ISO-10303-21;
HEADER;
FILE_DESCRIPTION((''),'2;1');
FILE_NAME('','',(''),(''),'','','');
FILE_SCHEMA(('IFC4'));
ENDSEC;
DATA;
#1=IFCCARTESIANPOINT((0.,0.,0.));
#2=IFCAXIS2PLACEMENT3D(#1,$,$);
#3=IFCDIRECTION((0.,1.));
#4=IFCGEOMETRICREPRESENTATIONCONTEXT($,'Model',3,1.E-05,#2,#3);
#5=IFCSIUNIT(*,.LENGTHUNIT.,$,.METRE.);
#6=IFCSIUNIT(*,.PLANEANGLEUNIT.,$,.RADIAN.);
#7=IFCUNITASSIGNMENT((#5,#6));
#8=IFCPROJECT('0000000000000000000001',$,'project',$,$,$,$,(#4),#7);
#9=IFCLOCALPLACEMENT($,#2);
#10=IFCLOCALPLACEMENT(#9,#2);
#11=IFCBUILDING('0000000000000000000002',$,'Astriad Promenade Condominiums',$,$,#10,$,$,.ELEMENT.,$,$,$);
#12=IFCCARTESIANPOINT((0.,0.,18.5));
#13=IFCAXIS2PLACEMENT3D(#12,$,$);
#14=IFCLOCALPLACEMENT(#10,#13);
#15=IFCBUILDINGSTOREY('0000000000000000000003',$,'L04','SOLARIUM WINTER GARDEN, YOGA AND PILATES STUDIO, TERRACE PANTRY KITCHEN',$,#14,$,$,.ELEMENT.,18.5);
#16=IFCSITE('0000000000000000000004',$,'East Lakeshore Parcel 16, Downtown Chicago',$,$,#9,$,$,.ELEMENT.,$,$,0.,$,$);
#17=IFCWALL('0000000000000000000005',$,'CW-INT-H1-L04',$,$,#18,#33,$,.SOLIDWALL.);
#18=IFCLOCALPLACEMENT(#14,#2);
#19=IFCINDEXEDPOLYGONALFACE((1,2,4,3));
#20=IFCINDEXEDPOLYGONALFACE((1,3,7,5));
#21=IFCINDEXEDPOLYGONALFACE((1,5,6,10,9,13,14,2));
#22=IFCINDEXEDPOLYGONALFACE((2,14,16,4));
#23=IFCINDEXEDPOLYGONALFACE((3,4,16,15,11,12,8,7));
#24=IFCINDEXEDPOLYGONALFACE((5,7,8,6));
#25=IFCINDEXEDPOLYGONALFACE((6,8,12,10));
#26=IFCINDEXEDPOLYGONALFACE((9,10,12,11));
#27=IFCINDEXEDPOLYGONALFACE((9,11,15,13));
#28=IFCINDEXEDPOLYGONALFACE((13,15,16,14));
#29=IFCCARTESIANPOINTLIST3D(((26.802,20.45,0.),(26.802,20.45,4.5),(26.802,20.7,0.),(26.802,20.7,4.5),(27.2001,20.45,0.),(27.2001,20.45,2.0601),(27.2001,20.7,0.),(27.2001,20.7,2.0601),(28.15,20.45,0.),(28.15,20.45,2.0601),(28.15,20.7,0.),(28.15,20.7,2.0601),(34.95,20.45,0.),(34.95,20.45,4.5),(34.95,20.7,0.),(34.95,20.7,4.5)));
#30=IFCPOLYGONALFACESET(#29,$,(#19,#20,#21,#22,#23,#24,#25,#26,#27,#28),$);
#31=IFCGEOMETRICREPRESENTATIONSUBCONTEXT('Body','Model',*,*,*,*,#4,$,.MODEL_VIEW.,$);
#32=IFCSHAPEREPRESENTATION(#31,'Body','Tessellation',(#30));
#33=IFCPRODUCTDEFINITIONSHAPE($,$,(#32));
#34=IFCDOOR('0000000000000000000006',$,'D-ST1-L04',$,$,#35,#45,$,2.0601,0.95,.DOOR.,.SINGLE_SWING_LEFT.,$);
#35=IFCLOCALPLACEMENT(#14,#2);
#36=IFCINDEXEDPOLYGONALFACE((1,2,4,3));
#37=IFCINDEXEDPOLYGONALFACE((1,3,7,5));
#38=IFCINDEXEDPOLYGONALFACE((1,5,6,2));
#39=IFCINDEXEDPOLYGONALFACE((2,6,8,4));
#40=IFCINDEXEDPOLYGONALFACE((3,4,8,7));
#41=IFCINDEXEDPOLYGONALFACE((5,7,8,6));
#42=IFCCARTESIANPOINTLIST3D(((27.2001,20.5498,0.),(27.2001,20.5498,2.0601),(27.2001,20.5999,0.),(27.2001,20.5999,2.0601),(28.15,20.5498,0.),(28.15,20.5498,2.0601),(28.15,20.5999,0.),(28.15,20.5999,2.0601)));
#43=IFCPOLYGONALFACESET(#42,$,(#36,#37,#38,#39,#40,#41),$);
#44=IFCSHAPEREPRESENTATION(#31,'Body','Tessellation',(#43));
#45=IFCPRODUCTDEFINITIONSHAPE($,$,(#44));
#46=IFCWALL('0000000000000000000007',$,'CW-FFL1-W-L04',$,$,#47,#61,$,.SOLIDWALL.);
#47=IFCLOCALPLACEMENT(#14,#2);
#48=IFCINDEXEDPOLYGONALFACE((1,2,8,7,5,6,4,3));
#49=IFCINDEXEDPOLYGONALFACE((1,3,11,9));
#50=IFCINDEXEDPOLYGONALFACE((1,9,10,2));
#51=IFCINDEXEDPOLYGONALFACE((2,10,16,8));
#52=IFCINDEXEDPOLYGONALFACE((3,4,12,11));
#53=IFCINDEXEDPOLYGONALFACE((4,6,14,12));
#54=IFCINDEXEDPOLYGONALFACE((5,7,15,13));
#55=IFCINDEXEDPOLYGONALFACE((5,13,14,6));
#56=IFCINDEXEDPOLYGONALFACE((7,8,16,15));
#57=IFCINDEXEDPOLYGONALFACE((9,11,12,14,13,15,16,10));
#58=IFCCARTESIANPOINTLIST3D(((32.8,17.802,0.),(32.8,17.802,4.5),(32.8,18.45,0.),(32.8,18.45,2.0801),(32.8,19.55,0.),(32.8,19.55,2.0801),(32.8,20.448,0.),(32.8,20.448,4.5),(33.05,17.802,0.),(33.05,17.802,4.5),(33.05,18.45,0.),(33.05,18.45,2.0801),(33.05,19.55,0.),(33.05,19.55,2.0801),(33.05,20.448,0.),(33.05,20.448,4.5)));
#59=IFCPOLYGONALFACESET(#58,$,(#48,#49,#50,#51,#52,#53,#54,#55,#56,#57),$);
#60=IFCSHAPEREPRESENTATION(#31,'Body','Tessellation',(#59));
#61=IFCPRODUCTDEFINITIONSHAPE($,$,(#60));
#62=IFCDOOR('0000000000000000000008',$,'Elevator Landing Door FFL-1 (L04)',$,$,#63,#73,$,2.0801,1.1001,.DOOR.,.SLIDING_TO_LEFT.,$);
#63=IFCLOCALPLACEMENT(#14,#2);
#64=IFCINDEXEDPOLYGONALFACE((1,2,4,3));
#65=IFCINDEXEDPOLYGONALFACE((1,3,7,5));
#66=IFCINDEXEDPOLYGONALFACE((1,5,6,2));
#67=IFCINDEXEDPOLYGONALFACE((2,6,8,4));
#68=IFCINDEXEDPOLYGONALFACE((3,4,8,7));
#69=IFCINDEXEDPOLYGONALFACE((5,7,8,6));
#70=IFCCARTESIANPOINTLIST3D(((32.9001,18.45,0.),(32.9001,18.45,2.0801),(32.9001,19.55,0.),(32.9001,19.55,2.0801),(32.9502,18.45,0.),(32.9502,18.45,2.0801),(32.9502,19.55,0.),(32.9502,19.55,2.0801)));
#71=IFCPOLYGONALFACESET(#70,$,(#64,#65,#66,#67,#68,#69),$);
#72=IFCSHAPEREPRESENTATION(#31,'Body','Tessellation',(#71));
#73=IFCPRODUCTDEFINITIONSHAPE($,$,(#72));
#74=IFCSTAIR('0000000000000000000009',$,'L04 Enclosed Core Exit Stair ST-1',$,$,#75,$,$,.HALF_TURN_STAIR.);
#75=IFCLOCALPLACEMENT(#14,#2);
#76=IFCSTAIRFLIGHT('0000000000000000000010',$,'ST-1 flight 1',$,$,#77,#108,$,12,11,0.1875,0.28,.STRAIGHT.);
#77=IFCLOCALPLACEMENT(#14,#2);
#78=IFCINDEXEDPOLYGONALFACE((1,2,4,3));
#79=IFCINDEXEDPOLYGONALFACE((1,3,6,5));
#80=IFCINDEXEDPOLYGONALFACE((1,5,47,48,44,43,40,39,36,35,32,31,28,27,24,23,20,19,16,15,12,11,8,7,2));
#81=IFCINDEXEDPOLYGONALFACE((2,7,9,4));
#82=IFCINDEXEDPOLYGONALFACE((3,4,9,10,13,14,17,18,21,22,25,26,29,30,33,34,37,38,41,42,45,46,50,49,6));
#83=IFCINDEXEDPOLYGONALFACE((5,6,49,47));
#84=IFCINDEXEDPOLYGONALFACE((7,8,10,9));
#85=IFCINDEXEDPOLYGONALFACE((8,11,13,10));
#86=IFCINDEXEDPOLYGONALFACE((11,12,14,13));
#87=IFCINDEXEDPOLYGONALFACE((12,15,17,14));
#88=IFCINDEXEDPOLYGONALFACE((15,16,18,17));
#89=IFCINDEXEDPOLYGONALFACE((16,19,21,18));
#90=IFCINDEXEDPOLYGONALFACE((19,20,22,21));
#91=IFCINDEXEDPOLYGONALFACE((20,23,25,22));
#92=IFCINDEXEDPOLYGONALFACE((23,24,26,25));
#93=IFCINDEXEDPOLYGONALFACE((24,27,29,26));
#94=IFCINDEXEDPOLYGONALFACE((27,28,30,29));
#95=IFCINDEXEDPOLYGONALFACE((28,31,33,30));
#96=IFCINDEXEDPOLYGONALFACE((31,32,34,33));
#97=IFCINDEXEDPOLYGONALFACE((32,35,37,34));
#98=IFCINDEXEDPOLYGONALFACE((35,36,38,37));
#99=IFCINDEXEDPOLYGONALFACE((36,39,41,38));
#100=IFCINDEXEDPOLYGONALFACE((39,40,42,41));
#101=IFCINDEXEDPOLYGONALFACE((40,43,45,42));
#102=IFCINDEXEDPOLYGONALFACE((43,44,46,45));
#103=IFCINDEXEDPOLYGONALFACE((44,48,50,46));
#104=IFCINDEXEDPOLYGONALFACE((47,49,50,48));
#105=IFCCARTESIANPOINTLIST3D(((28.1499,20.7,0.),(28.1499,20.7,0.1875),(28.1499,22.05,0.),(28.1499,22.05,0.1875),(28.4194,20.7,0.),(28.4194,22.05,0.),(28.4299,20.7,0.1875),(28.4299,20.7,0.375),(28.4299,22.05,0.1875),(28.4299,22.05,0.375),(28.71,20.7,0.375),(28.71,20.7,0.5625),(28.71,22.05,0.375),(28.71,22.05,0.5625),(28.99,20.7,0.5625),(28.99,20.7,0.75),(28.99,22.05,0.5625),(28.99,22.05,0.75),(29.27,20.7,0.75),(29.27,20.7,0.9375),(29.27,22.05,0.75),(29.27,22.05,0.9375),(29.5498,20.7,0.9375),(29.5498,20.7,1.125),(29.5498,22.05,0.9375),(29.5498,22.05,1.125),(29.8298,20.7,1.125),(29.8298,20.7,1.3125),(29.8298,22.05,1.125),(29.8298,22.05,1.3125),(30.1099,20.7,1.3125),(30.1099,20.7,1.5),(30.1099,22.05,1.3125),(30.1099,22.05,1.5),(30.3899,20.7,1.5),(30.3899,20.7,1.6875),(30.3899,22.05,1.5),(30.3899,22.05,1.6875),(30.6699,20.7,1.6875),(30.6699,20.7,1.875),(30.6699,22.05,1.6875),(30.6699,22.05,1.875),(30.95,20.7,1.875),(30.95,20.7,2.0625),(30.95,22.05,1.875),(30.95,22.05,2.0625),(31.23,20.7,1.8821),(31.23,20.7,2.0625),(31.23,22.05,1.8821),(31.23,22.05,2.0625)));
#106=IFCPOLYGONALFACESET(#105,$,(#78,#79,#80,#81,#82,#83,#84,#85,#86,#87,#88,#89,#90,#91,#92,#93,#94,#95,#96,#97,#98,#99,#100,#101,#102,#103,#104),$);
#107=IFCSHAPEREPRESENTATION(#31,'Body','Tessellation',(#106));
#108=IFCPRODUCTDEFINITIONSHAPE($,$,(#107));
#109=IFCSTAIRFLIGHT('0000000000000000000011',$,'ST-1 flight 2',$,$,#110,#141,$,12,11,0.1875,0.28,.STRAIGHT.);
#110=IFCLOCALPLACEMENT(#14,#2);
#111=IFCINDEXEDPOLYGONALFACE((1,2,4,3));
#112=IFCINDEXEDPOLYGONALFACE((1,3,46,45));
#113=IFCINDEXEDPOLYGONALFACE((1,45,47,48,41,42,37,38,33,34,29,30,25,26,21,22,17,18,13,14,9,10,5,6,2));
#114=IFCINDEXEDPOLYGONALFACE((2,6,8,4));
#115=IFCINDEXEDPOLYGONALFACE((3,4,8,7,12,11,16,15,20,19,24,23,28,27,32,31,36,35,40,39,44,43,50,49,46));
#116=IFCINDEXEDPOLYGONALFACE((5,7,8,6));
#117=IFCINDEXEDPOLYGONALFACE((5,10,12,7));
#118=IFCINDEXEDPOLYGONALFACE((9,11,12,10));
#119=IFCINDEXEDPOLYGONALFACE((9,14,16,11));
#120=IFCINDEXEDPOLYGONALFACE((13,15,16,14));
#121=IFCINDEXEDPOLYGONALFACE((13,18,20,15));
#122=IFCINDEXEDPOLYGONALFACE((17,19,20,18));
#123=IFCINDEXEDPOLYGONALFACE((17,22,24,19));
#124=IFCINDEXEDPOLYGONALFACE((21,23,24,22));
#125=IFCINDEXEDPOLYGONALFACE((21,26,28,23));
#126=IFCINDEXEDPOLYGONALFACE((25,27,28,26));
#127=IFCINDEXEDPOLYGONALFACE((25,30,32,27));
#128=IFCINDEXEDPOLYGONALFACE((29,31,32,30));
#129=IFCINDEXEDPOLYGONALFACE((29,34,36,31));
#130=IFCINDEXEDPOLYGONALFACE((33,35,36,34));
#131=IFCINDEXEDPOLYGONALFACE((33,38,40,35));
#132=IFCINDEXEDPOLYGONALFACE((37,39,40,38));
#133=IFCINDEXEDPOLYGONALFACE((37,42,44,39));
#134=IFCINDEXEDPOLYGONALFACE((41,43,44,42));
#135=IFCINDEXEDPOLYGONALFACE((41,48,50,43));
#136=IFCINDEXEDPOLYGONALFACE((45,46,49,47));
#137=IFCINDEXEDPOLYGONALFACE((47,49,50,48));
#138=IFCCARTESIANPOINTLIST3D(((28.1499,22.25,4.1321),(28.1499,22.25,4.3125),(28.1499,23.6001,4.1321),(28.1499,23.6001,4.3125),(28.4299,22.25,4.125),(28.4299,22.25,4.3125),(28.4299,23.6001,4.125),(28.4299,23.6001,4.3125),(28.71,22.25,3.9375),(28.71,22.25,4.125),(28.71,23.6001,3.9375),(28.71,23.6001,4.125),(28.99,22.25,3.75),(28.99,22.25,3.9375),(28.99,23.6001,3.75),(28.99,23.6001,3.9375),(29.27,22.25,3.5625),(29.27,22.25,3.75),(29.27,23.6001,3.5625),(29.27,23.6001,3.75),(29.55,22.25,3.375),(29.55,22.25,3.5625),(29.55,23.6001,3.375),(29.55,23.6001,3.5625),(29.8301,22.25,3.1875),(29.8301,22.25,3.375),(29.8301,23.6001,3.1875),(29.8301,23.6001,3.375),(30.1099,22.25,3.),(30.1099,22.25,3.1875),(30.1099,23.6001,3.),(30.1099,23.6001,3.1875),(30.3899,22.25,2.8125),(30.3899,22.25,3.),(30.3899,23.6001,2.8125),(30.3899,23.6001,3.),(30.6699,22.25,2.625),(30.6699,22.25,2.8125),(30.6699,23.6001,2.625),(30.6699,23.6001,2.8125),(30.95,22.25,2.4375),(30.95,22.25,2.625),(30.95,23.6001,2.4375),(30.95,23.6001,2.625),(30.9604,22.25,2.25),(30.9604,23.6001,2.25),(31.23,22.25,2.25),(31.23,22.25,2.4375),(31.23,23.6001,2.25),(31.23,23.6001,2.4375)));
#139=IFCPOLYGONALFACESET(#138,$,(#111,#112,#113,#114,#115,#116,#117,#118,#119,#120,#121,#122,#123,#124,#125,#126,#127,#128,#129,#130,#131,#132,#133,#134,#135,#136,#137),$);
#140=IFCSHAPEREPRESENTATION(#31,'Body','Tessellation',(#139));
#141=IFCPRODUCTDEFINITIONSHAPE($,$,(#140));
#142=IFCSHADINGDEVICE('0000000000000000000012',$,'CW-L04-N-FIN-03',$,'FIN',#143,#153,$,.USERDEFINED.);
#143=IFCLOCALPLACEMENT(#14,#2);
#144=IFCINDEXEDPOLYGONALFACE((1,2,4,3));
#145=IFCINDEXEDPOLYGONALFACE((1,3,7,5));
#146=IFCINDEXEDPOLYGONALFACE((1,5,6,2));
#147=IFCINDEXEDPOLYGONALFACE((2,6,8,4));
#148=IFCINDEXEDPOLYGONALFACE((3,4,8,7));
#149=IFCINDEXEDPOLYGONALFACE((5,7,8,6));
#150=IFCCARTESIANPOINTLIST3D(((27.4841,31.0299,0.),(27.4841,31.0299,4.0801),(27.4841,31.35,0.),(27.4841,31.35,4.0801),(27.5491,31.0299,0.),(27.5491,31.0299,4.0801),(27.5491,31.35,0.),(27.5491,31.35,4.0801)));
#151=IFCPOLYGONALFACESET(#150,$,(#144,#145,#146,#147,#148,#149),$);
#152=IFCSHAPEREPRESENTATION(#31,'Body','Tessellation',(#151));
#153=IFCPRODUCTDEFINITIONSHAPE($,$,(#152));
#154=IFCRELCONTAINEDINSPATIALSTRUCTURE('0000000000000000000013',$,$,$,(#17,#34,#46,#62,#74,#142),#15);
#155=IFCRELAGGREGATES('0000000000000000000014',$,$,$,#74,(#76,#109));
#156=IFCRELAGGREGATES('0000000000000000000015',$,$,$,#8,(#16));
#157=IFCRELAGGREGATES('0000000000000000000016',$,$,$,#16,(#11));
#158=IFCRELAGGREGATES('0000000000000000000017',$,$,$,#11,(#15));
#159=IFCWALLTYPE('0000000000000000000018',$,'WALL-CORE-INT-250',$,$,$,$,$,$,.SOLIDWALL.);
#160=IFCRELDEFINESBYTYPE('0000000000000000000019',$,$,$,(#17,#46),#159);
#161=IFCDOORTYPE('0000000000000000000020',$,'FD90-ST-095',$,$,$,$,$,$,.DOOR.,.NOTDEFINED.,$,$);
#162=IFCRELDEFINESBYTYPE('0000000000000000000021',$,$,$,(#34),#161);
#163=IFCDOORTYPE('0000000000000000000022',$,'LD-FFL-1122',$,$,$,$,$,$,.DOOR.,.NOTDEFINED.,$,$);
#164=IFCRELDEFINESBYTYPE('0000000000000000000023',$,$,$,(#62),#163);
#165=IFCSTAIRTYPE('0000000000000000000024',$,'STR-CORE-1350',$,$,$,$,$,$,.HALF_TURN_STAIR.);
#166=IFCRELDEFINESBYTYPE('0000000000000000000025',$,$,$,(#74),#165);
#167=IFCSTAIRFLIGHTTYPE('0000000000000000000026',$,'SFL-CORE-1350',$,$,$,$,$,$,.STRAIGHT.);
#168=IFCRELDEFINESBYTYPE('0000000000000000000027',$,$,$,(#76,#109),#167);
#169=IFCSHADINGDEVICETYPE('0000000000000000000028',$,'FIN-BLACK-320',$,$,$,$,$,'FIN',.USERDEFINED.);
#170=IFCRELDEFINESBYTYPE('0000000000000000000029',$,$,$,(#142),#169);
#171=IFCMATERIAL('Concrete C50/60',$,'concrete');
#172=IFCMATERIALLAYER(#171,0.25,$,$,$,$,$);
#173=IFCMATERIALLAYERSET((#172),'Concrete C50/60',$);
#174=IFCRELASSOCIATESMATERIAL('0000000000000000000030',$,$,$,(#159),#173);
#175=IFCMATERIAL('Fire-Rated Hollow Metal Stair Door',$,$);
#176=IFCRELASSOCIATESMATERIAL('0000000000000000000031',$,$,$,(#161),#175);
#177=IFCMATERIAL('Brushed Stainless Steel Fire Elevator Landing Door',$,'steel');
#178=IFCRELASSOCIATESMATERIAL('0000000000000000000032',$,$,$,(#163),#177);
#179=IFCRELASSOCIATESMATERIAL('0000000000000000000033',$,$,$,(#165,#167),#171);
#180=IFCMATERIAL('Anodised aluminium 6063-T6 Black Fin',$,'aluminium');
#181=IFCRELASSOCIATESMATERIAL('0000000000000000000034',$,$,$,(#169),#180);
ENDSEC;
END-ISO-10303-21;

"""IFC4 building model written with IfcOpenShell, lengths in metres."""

from ifc_helpers import new_model, si_unit, direction, frame, frame_2d, origin, origin_2d, place, context, subcontext, project, spatial, polyline, rectangle, outline, extrude, source, transform, mapped, material, layer, layer_set, type_object, type_shapes, element, fill, aggregate, save


model = new_model("IFC4")

# Units and contexts
model_context = context("Model", 3, precision=1e-05, world=origin(), true_north=direction((0.0, 1.0)))
body_context = subcontext(model_context, "Body", "Model", "MODEL_VIEW")
ifc_project = project(units=[si_unit("LENGTHUNIT", "METRE"), si_unit("PLANEANGLEUNIT", "RADIAN")], contexts=[model_context])

# Site, building, storey
site_placement = place(None, origin())
site = spatial("IfcSite", under=ifc_project, at=site_placement, Name="East Lakeshore Parcel 16, Downtown Chicago", CompositionType="ELEMENT", RefElevation=0.0)
building_placement = place(site_placement, origin())
building = spatial("IfcBuilding", under=site, at=building_placement, Name="Astriad Promenade Condominiums", CompositionType="ELEMENT")
storey_placement = place(building_placement, frame((0.0, 0.0, 18.5)))
storey = spatial("IfcBuildingStorey", under=building, at=storey_placement, Name="L04", Description="SOLARIUM WINTER GARDEN, YOGA AND PILATES STUDIO, TERRACE PANTRY KITCHEN", CompositionType="ELEMENT", Elevation=18.5)

# Walls, openings, doors
ifc_material_1 = material(Name="Concrete C50/60", Category="concrete")
ifc_layer_1 = layer(ifc_material_1, 0.25)
ifc_layer_set_1 = layer_set([ifc_layer_1], Name="Concrete C50/60")
wall_type = type_object("IfcWallType", Name="WALL-CORE-INT-250", PredefinedType="SOLIDWALL", material=ifc_layer_set_1)
wall_1_placement = place(storey_placement, frame((26.802, 20.575, 0.0), z_axis=(0.0, 0.0, 1.0), x_axis=(1.0, 0.0, 0.0)))
wall_1 = element("IfcWall", 1, at=wall_1_placement, inside=storey, type_object=wall_type, Name="CW-INT-H1-L04", PredefinedType="SOLIDWALL", context=body_context, shape_type="SweptSolid", body=[
    extrude(rectangle(XDim=8.1479, YDim=0.25, at=frame_2d((4.074, 0.0))), origin(), (0.0, 0.0, 1.0), 4.5),
])
opening_1_placement = place(wall_1_placement, frame((0.3979, 0.0, 0.0)))
opening_1 = element("IfcOpeningElement", 2, at=opening_1_placement, cuts=wall_1, PredefinedType="OPENING", context=body_context, shape_type="SweptSolid", body=[
    extrude(rectangle(XDim=0.95, YDim=2.0601, at=frame_2d((0.4751, 1.03))), frame((0.0, 0.135, 0.0), z_axis=(0.0, -1.0, 0.0), x_axis=(1.0, 0.0, 0.0)), (0.0, 0.0, 1.0), 0.27),
])
ifc_material_2 = material(Name="Fire-Rated Hollow Metal Stair Door")
door_type_1 = type_object("IfcDoorType", Name="FD90-ST-095", OperationType="NOTDEFINED", PredefinedType="DOOR", material=ifc_material_2)
shared_shape_1 = source(origin(), body_context, "Body", "SweptSolid", [
    extrude(rectangle(XDim=0.95, YDim=2.0601, at=frame_2d((0.4751, 1.03))), frame((0.0, 0.0249, 0.0), z_axis=(0.0, -1.0, 0.0), x_axis=(1.0, 0.0, 0.0)), (0.0, 0.0, 1.0), 0.05),
])
type_shapes(door_type_1, [shared_shape_1])
door_1_placement = place(opening_1_placement, origin())
door_1 = element("IfcDoor", 3, at=door_1_placement, inside=storey, type_object=door_type_1, Name="D-ST1-L04", OperationType="SINGLE_SWING_LEFT", OverallHeight=2.0601, OverallWidth=0.95, PredefinedType="DOOR", context=body_context, shape_type="MappedRepresentation", body=[
    mapped(shared_shape_1, transform((0.0, 0.0, 0.0), scale=1.0)),
])
fill(opening_1, door_1)
wall_2_placement = place(storey_placement, frame((32.925, 17.802, 0.0), z_axis=(0.0, 0.0, 1.0), x_axis=(0.0, 1.0, 0.0)))
wall_2 = element("IfcWall", 4, at=wall_2_placement, inside=storey, type_object=wall_type, Name="CW-FFL1-W-L04", PredefinedType="SOLIDWALL", context=body_context, shape_type="SweptSolid", body=[
    extrude(rectangle(XDim=2.646, YDim=0.25, at=frame_2d((1.323, 0.0))), origin(), (0.0, 0.0, 1.0), 4.5),
])
opening_2_placement = place(wall_2_placement, frame((0.6479, 0.0, 0.0)))
opening_2 = element("IfcOpeningElement", 5, at=opening_2_placement, cuts=wall_2, PredefinedType="OPENING", context=body_context, shape_type="SweptSolid", body=[
    extrude(rectangle(XDim=1.1001, YDim=2.0801, at=frame_2d((0.55, 1.04))), frame((0.0, 0.135, 0.0), z_axis=(0.0, -1.0, 0.0), x_axis=(1.0, 0.0, 0.0)), (0.0, 0.0, 1.0), 0.27),
])
ifc_material_3 = material(Name="Brushed Stainless Steel Fire Elevator Landing Door", Category="steel")
door_type_2 = type_object("IfcDoorType", Name="LD-FFL-1122", OperationType="NOTDEFINED", PredefinedType="DOOR", material=ifc_material_3)
shared_shape_2 = source(origin(), body_context, "Body", "SweptSolid", [
    extrude(rectangle(XDim=1.1001, YDim=2.0801, at=frame_2d((0.55, 1.04))), frame((0.0, 0.0249, 0.0), z_axis=(0.0, -1.0, 0.0), x_axis=(1.0, 0.0, 0.0)), (0.0, 0.0, 1.0), 0.05),
])
type_shapes(door_type_2, [shared_shape_2])
door_2_placement = place(opening_2_placement, origin())
door_2 = element("IfcDoor", 6, at=door_2_placement, inside=storey, type_object=door_type_2, Name="Elevator Landing Door FFL-1 (L04)", OperationType="SLIDING_TO_LEFT", OverallHeight=2.0801, OverallWidth=1.1001, PredefinedType="DOOR", context=body_context, shape_type="MappedRepresentation", body=[
    mapped(shared_shape_2, transform((0.0, 0.0, 0.0), scale=1.0)),
])
fill(opening_2, door_2)

# Stair, stair flights
stair_type = type_object("IfcStairType", Name="STR-CORE-1350", PredefinedType="HALF_TURN_STAIR", material=ifc_material_1)
stair_placement = place(storey_placement, origin())
stair = element("IfcStair", 7, at=stair_placement, inside=storey, type_object=stair_type, Name="L04 Enclosed Core Exit Stair ST-1", PredefinedType="HALF_TURN_STAIR")
stair_flight_type = type_object("IfcStairFlightType", Name="SFL-CORE-1350", PredefinedType="STRAIGHT", material=ifc_material_1)
shared_shape_3 = source(origin(), body_context, "Body", "SweptSolid", [
    extrude(outline(polyline([(0.0, 0.0), (0.0, 0.1875), (0.28, 0.1875), (0.28, 0.375), (0.5601, 0.375), (0.5601, 0.5625), (0.8401, 0.5625), (0.8401, 0.75), (1.1201, 0.75), (1.1201, 0.9375), (1.3999, 0.9375), (1.3999, 1.125), (1.6799, 1.125), (1.6799, 1.3125), (1.96, 1.3125), (1.96, 1.5), (2.24, 1.5), (2.24, 1.6875), (2.52, 1.6875), (2.52, 1.875), (2.8, 1.875), (2.8, 2.0625), (3.0801, 2.0625), (3.0801, 2.25), (3.0801, 1.8821), (0.2695, 0.0), (0.0, 0.0)])), frame((0.0, 0.675, 0.0), z_axis=(0.0, -1.0, 0.0), x_axis=(1.0, 0.0, 0.0)), (0.0, 0.0, 1.0), 1.3501),
])
type_shapes(stair_flight_type, [shared_shape_3])
stair_flight_1_placement = place(storey_placement, frame((28.1499, 21.375, 0.0), z_axis=(0.0, 0.0, 1.0), x_axis=(1.0, 0.0, 0.0)))
stair_flight_1 = element("IfcStairFlight", 8, at=stair_flight_1_placement, type_object=stair_flight_type, Name="ST-1 flight 1", NumberOfRisers=12, NumberOfTreads=11, PredefinedType="STRAIGHT", RiserHeight=0.1875, TreadLength=0.28, context=body_context, shape_type="MappedRepresentation", body=[
    mapped(shared_shape_3, transform((0.0, 0.0, 0.0), scale=1.0)),
])
stair_flight_2_placement = place(storey_placement, frame((31.23, 22.925, 2.25), z_axis=(0.0, 0.0, 1.0), x_axis=(-1.0, 0.0, 0.0)))
stair_flight_2 = element("IfcStairFlight", 9, at=stair_flight_2_placement, type_object=stair_flight_type, Name="ST-1 flight 2", NumberOfRisers=12, NumberOfTreads=11, PredefinedType="STRAIGHT", RiserHeight=0.1875, TreadLength=0.28, context=body_context, shape_type="MappedRepresentation", body=[
    mapped(shared_shape_3, transform((0.0, 0.0, 0.0), scale=1.0)),
])
aggregate(stair, [stair_flight_1, stair_flight_2])

# Shading device
ifc_material_4 = material(Name="Anodised aluminium 6063-T6 Black Fin", Category="aluminium")
shading_device_type = type_object("IfcShadingDeviceType", Name="FIN-BLACK-320", ElementType="FIN", PredefinedType="USERDEFINED", material=ifc_material_4)
shared_shape_4 = source(origin(), body_context, "Body", "SweptSolid", [
    extrude(rectangle(XDim=0.0649, YDim=0.3201, at=origin_2d()), origin(), (0.0, 0.0, 1.0), 4.0801),
])
type_shapes(shading_device_type, [shared_shape_4])
shading_device_placement = place(storey_placement, frame((27.5166, 31.1899, 0.0), z_axis=(0.0, 0.0, 1.0), x_axis=(1.0, 0.0, 0.0)))
element("IfcShadingDevice", 10, at=shading_device_placement, inside=storey, type_object=shading_device_type, Name="CW-L04-N-FIN-03", ObjectType="FIN", PredefinedType="USERDEFINED", context=body_context, shape_type="MappedRepresentation", body=[
    mapped(shared_shape_4, transform((0.0, 0.0, 0.0), scale=1.0)),
])

save(model, "model.ifc")
